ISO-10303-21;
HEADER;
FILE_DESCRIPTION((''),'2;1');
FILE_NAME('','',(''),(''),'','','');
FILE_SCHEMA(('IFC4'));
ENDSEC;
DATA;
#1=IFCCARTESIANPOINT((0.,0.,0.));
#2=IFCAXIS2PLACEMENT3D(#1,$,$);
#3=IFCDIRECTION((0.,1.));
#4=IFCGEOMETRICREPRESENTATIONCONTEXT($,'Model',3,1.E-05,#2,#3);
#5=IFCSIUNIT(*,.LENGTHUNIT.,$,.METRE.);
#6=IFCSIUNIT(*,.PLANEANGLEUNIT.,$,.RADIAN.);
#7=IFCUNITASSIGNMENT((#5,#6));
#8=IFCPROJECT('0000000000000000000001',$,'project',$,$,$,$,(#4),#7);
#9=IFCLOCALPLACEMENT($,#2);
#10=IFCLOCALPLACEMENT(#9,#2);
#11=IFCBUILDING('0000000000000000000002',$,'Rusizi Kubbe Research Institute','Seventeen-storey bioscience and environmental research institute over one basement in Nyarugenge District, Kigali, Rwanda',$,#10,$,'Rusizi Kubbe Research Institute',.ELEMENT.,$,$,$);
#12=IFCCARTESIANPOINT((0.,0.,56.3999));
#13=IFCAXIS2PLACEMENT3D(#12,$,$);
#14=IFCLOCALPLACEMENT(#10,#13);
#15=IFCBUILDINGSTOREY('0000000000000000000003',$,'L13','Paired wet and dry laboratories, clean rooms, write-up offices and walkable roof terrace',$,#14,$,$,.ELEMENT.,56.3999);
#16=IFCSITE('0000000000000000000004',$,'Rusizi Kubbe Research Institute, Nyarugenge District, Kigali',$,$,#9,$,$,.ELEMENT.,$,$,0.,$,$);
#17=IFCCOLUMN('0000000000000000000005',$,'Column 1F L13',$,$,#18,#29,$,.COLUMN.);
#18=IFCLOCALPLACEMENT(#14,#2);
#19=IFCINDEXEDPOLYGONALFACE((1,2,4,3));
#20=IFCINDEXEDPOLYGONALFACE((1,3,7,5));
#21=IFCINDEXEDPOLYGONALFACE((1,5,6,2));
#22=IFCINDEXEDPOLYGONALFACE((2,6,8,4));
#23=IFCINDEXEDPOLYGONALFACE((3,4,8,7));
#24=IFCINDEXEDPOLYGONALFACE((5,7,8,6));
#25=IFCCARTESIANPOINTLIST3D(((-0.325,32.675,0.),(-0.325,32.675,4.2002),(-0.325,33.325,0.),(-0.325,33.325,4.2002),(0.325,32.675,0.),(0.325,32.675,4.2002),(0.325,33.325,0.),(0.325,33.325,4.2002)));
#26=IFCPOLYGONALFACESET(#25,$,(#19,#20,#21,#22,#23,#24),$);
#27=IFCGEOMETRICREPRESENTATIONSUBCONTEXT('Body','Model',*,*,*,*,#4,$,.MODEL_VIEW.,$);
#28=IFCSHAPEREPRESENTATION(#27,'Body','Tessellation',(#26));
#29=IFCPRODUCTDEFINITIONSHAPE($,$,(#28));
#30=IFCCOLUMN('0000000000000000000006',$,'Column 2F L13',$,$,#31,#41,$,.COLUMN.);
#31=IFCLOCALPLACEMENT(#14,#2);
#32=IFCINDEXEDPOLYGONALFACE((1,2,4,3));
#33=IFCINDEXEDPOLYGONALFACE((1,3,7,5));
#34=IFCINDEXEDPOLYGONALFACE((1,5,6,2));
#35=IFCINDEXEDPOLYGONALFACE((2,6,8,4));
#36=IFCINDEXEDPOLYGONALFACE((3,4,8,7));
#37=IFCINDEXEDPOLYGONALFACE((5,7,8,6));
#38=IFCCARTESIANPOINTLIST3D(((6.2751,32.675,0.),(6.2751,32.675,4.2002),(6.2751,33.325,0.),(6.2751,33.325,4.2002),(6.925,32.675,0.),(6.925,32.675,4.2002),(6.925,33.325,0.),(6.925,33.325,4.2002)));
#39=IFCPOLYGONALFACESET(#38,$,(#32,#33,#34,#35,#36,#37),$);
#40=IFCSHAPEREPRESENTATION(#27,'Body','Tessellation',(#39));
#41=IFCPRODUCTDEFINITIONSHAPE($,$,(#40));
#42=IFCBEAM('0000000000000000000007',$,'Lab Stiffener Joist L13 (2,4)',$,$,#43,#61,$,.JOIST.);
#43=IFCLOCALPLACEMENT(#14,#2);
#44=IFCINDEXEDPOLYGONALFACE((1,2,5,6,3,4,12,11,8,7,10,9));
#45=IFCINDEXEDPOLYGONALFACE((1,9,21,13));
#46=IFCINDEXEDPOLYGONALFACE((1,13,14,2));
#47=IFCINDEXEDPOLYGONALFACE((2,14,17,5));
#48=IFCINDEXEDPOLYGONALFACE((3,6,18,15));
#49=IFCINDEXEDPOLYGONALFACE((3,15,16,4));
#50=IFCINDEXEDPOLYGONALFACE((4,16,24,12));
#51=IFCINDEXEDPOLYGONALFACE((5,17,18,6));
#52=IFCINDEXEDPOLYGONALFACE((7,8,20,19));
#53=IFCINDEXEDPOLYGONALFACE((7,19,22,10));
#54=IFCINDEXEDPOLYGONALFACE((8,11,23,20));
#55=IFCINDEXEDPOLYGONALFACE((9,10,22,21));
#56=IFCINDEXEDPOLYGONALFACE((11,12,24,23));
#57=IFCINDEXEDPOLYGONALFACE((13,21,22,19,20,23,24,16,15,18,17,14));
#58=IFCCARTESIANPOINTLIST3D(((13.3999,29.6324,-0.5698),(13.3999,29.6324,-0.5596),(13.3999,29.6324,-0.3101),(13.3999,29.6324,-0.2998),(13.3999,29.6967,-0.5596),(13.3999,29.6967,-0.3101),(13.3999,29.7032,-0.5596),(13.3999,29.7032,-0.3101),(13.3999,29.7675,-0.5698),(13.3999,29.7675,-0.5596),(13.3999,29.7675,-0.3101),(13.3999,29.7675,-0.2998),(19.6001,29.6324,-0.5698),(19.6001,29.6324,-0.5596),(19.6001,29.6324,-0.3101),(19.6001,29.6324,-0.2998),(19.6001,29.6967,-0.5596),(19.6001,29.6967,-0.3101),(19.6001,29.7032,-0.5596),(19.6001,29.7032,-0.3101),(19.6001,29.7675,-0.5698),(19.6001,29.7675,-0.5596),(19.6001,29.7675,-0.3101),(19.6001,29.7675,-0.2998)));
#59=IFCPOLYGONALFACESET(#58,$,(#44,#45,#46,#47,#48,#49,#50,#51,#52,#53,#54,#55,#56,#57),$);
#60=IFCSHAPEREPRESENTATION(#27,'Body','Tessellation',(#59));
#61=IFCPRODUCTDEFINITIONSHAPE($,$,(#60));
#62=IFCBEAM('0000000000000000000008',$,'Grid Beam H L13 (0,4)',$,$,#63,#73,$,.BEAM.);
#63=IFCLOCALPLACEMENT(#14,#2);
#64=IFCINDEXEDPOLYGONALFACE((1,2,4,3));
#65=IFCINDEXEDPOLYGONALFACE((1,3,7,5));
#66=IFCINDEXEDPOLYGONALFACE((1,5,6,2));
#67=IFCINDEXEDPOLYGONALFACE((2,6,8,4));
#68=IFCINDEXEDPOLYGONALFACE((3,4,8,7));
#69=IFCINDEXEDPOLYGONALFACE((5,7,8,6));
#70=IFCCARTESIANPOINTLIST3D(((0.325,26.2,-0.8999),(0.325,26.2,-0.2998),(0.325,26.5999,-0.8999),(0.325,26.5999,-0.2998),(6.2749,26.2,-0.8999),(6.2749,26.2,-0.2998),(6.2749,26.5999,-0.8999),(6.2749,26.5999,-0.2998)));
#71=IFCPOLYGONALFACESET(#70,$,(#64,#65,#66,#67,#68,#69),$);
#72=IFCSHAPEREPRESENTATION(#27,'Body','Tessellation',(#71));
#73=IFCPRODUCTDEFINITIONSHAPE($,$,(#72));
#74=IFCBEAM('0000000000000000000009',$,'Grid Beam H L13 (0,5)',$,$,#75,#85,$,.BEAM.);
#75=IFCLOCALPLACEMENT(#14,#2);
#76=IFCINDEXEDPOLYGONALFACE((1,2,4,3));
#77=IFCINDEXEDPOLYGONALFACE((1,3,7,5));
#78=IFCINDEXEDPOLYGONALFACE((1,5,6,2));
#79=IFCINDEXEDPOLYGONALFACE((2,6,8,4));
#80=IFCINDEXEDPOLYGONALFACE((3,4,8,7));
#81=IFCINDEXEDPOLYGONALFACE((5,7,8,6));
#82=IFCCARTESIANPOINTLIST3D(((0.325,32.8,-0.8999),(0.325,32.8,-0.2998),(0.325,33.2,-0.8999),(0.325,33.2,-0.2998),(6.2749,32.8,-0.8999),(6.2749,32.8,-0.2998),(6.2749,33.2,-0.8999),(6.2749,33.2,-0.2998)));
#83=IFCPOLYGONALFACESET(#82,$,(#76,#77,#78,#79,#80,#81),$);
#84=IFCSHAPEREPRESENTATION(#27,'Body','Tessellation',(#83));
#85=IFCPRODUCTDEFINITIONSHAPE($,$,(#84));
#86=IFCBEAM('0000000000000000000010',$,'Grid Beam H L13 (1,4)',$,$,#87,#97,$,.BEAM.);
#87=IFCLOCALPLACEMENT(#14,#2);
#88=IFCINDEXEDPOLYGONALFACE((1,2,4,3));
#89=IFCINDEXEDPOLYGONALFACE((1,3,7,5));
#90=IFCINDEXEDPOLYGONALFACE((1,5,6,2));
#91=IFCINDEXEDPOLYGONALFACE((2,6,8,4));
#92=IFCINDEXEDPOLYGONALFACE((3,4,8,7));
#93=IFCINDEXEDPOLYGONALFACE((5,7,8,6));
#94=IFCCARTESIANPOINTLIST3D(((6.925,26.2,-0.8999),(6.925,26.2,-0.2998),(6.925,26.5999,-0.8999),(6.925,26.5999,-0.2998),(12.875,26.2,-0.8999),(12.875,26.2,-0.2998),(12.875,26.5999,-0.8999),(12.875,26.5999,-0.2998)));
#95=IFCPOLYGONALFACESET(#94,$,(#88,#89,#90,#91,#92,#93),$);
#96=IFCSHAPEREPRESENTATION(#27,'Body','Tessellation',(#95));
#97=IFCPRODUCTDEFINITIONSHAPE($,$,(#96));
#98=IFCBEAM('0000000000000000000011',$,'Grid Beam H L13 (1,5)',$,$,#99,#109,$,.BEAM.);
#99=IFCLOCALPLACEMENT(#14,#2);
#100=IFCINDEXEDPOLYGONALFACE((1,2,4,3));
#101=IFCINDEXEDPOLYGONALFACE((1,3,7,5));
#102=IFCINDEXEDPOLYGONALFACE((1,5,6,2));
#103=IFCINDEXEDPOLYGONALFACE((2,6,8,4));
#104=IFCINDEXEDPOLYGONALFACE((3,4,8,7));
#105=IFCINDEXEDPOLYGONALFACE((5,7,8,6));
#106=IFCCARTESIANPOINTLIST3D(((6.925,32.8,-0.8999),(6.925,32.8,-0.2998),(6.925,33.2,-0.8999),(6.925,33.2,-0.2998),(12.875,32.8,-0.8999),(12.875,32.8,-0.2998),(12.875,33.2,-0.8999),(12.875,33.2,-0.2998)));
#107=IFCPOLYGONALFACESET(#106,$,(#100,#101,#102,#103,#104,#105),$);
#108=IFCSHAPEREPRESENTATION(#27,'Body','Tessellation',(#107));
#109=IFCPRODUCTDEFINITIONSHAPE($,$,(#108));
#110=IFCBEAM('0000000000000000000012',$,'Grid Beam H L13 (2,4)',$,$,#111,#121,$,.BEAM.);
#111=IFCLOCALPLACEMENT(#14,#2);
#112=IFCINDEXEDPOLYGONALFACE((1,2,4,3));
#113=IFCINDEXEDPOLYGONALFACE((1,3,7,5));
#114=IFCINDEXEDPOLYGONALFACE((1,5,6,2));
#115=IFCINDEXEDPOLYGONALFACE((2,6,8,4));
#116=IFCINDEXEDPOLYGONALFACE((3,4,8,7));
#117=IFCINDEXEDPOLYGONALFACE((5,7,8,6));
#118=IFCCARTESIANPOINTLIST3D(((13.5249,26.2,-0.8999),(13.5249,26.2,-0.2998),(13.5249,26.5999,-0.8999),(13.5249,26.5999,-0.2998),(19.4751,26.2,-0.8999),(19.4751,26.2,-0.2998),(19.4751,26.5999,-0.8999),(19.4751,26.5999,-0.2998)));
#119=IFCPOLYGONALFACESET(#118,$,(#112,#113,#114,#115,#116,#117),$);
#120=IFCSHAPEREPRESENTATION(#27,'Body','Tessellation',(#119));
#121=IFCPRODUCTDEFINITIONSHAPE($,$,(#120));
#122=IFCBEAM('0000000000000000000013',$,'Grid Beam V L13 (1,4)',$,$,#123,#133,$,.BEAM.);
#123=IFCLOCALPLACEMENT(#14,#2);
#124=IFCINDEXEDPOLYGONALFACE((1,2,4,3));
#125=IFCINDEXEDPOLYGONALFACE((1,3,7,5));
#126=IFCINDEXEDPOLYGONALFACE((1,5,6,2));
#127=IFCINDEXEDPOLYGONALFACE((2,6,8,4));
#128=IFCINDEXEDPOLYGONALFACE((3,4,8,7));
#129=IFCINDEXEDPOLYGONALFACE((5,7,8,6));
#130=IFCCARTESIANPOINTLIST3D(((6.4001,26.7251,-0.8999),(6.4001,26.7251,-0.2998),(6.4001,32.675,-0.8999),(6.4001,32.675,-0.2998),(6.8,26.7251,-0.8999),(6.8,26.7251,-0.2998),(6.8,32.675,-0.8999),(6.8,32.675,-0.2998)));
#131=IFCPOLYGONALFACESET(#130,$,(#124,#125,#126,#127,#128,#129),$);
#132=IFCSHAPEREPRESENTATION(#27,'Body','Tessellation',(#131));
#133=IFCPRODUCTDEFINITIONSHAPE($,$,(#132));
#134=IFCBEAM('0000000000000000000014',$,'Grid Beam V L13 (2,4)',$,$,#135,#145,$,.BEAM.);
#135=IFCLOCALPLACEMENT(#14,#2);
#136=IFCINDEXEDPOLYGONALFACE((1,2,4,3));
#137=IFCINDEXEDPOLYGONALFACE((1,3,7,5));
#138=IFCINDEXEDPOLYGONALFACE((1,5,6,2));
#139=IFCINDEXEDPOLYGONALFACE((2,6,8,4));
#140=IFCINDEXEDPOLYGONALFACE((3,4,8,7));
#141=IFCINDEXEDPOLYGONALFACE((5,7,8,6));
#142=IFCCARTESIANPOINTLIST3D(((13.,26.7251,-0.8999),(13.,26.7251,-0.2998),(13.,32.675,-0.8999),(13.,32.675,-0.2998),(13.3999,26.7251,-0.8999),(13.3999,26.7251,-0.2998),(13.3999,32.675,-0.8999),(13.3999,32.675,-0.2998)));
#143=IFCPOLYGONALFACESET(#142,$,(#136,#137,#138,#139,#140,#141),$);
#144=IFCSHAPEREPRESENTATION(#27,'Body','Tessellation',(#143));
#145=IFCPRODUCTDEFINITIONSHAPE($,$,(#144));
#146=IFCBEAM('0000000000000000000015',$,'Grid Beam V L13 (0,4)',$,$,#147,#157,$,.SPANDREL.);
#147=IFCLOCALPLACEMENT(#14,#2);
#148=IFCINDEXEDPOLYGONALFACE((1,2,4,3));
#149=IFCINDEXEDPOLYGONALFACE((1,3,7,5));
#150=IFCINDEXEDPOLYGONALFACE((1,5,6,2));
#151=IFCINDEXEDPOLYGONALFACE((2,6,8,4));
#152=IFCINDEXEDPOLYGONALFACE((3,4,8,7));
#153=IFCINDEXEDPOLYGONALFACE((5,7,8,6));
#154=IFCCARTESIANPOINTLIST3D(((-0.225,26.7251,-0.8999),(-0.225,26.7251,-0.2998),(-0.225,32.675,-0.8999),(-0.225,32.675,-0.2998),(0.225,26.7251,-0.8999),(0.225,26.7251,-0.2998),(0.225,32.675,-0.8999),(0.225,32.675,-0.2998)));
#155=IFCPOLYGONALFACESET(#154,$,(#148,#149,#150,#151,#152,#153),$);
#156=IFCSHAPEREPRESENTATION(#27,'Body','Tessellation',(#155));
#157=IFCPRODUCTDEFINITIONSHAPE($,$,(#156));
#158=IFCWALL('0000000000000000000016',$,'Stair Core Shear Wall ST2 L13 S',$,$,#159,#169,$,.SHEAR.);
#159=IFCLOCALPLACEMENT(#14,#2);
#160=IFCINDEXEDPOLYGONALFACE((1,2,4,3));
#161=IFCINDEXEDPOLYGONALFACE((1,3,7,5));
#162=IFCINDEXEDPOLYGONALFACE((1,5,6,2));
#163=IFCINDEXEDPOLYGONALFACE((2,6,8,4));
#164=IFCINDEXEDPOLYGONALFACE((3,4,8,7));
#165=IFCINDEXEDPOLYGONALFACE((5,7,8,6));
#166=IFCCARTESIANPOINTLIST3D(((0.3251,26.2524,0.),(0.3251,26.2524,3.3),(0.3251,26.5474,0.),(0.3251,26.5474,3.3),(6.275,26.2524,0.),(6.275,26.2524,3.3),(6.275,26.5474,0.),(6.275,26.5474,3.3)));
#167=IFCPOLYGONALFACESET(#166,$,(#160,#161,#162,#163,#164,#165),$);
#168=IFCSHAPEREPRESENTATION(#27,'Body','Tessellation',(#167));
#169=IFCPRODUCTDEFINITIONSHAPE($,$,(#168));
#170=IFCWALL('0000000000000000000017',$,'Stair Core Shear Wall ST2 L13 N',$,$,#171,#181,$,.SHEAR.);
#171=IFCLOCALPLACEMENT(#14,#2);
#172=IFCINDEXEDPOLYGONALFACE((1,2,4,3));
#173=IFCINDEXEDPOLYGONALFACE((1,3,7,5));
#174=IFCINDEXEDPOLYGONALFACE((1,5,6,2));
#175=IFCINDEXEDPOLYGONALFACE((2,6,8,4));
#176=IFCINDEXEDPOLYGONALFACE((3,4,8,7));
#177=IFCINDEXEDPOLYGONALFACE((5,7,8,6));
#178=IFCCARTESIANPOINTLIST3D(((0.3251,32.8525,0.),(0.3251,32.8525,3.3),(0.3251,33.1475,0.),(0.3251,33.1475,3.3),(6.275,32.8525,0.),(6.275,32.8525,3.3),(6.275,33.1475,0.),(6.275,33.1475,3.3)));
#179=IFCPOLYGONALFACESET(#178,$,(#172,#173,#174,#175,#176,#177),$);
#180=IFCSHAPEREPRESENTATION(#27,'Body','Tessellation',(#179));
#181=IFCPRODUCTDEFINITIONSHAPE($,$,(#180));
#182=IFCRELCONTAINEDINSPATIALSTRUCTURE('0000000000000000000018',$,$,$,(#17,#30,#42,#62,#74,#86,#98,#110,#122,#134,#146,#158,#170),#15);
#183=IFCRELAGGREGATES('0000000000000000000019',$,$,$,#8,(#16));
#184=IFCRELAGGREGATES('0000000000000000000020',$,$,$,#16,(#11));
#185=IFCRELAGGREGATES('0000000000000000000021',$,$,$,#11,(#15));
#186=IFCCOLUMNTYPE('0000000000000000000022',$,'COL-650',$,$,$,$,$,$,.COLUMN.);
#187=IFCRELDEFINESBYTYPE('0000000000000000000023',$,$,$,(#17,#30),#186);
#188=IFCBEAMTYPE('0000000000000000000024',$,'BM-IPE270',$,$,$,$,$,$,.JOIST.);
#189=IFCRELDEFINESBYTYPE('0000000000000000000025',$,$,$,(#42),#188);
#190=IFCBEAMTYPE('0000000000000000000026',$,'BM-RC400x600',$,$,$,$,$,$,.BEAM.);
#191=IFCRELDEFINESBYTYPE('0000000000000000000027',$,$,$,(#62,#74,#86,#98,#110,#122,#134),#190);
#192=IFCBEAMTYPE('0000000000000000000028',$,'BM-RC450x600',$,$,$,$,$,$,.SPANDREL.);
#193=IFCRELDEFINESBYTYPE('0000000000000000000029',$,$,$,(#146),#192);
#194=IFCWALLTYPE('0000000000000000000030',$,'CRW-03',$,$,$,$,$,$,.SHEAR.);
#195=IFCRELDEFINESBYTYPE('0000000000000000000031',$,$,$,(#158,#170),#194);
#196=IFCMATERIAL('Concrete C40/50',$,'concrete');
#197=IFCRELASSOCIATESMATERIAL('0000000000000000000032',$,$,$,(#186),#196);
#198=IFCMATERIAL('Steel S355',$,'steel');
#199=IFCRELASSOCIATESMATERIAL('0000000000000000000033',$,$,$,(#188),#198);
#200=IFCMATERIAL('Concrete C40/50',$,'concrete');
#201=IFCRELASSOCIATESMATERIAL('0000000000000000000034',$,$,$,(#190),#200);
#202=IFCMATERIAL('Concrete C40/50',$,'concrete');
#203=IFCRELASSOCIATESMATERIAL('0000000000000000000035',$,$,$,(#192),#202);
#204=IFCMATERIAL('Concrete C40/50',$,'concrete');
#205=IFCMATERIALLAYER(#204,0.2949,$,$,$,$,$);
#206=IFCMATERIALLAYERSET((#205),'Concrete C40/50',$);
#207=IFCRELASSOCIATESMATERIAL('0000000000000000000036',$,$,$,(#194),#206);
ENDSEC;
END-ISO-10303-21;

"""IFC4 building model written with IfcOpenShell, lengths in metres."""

from ifc_helpers import new_model, si_unit, direction, frame, frame_2d, origin, origin_2d, place, context, subcontext, project, spatial, rectangle, i_section, extrude, material, layer, layer_set, material_profile, profile_set, type_object, element, save


model = new_model("IFC4")

# Units and contexts
model_context = context("Model", 3, precision=1e-05, world=origin(), true_north=direction((0.0, 1.0)))
body_context = subcontext(model_context, "Body", "Model", "MODEL_VIEW")
ifc_project = project(units=[si_unit("LENGTHUNIT", "METRE"), si_unit("PLANEANGLEUNIT", "RADIAN")], contexts=[model_context])

# Site, building, storey
site_placement = place(None, origin())
site = spatial("IfcSite", under=ifc_project, at=site_placement, Name="Rusizi Kubbe Research Institute, Nyarugenge District, Kigali", CompositionType="ELEMENT", RefElevation=0.0)
building_placement = place(site_placement, origin())
building = spatial("IfcBuilding", under=site, at=building_placement, Name="Rusizi Kubbe Research Institute", Description="Seventeen-storey bioscience and environmental research institute over one basement in Nyarugenge District, Kigali, Rwanda", LongName="Rusizi Kubbe Research Institute", CompositionType="ELEMENT")
storey_placement = place(building_placement, frame((0.0, 0.0, 56.3999)))
storey = spatial("IfcBuildingStorey", under=building, at=storey_placement, Name="L13", Description="Paired wet and dry laboratories, clean rooms, write-up offices and walkable roof terrace", CompositionType="ELEMENT", Elevation=56.3999)

# Columns
ifc_material_1 = material(Name="Concrete C40/50", Category="concrete")
ifc_material_profile_1 = material_profile(ifc_material_1, rectangle(XDim=0.6499, YDim=0.6499, at=origin_2d()), Name="RC650x650")
ifc_profile_set_1 = profile_set([ifc_material_profile_1], Name="Concrete C40/50")
column_type = type_object("IfcColumnType", Name="COL-650", PredefinedType="COLUMN", material=ifc_profile_set_1)
for number, where, z_axis, x_axis, name in (
    (1, (0.0, 33.0, 0.0), (0.0, 0.0, 1.0), (1.0, 0.0, 0.0), "Column 1F L13"),
    (2, (6.6001, 33.0, 0.0), (0.0, 0.0, 1.0), (1.0, 0.0, 0.0), "Column 2F L13"),
):
    element("IfcColumn", number, at=place(storey_placement, frame(where, z_axis=z_axis, x_axis=x_axis)), inside=storey, type_object=column_type, Name=name, PredefinedType="COLUMN", context=body_context, shape_type="SweptSolid", body=[
        extrude(rectangle(XDim=0.6499, YDim=0.6499, at=origin_2d()), origin(), (0.0, 0.0, 1.0), 4.2002),
    ])

# Beams
ifc_material_2 = material(Name="Steel S355", Category="steel")
ifc_material_profile_2 = material_profile(ifc_material_2, i_section(OverallWidth=0.135, OverallDepth=0.27, WebThickness=0.0066, FlangeThickness=0.0103, at=origin_2d()), Name="IPE 270")
ifc_profile_set_2 = profile_set([ifc_material_profile_2], Name="Steel S355")
beam_type_1 = type_object("IfcBeamType", Name="BM-IPE270", PredefinedType="JOIST", material=ifc_profile_set_2)
beam_1_placement = place(storey_placement, frame((13.3999, 29.7, -0.4348), z_axis=(1.0, 0.0, 0.0), x_axis=(0.0, 1.0, 0.0)))
element("IfcBeam", 3, at=beam_1_placement, inside=storey, type_object=beam_type_1, Name="Lab Stiffener Joist L13 (2,4)", PredefinedType="JOIST", context=body_context, shape_type="SweptSolid", body=[
    extrude(i_section(OverallWidth=0.135, OverallDepth=0.27, WebThickness=0.0066, FlangeThickness=0.0103, at=origin_2d()), origin(), (0.0, 0.0, 1.0), 6.2002),
])
ifc_material_3 = material(Name="Concrete C40/50", Category="concrete")
ifc_material_profile_3 = material_profile(ifc_material_3, rectangle(XDim=0.3999, YDim=0.6001, at=origin_2d()), Name="RC400x600")
ifc_profile_set_3 = profile_set([ifc_material_profile_3], Name="Concrete C40/50")
beam_type_2 = type_object("IfcBeamType", Name="BM-RC400x600", PredefinedType="BEAM", material=ifc_profile_set_3)
for number, where, z_axis, x_axis, name in (
    (4, (0.325, 26.3999, -0.5999), (1.0, 0.0, 0.0), (0.0, 1.0, 0.0), "Grid Beam H L13 (0,4)"),
    (5, (0.325, 33.0, -0.5999), (1.0, 0.0, 0.0), (0.0, 1.0, 0.0), "Grid Beam H L13 (0,5)"),
    (6, (6.925, 26.3999, -0.5999), (1.0, 0.0, 0.0), (0.0, 1.0, 0.0), "Grid Beam H L13 (1,4)"),
    (7, (6.925, 33.0, -0.5999), (1.0, 0.0, 0.0), (0.0, 1.0, 0.0), "Grid Beam H L13 (1,5)"),
):
    element("IfcBeam", number, at=place(storey_placement, frame(where, z_axis=z_axis, x_axis=x_axis)), inside=storey, type_object=beam_type_2, Name=name, PredefinedType="BEAM", context=body_context, shape_type="SweptSolid", body=[
        extrude(rectangle(XDim=0.3999, YDim=0.6001, at=origin_2d()), origin(), (0.0, 0.0, 1.0), 5.95),
    ])
beam_2_placement = place(storey_placement, frame((13.5249, 26.3999, -0.5999), z_axis=(1.0, 0.0, 0.0), x_axis=(0.0, 1.0, 0.0)))
element("IfcBeam", 8, at=beam_2_placement, inside=storey, type_object=beam_type_2, Name="Grid Beam H L13 (2,4)", PredefinedType="BEAM", context=body_context, shape_type="SweptSolid", body=[
    extrude(rectangle(XDim=0.3999, YDim=0.6001, at=origin_2d()), origin(), (0.0, 0.0, 1.0), 5.9502),
])
for number, where, z_axis, x_axis, name in (
    (9, (6.6001, 26.7251, -0.5999), (0.0, 1.0, 0.0), (-1.0, 0.0, 0.0), "Grid Beam V L13 (1,4)"),
    (10, (13.2, 26.7251, -0.5999), (0.0, 1.0, 0.0), (-1.0, 0.0, 0.0), "Grid Beam V L13 (2,4)"),
):
    element("IfcBeam", number, at=place(storey_placement, frame(where, z_axis=z_axis, x_axis=x_axis)), inside=storey, type_object=beam_type_2, Name=name, PredefinedType="BEAM", context=body_context, shape_type="SweptSolid", body=[
        extrude(rectangle(XDim=0.3999, YDim=0.6001, at=origin_2d()), origin(), (0.0, 0.0, 1.0), 5.95),
    ])
ifc_material_4 = material(Name="Concrete C40/50", Category="concrete")
ifc_material_profile_4 = material_profile(ifc_material_4, rectangle(XDim=0.45, YDim=0.6001, at=origin_2d()), Name="RC450x600")
ifc_profile_set_4 = profile_set([ifc_material_profile_4], Name="Concrete C40/50")
beam_type_3 = type_object("IfcBeamType", Name="BM-RC450x600", PredefinedType="SPANDREL", material=ifc_profile_set_4)
beam_3_placement = place(storey_placement, frame((0.0, 26.7251, -0.5999), z_axis=(0.0, 1.0, 0.0), x_axis=(-1.0, 0.0, 0.0)))
element("IfcBeam", 11, at=beam_3_placement, inside=storey, type_object=beam_type_3, Name="Grid Beam V L13 (0,4)", PredefinedType="SPANDREL", context=body_context, shape_type="SweptSolid", body=[
    extrude(rectangle(XDim=0.45, YDim=0.6001, at=origin_2d()), origin(), (0.0, 0.0, 1.0), 5.95),
])

# Walls
ifc_material_5 = material(Name="Concrete C40/50", Category="concrete")
ifc_layer_1 = layer(ifc_material_5, 0.2949)
ifc_layer_set_1 = layer_set([ifc_layer_1], Name="Concrete C40/50")
wall_type_1 = type_object("IfcWallType", Name="CRW-03", PredefinedType="SHEAR", material=ifc_layer_set_1)
for number, where, z_axis, x_axis, name in (
    (12, (0.325, 26.3999, 0.0), (0.0, 0.0, 1.0), (1.0, 0.0, 0.0), "Stair Core Shear Wall ST2 L13 S"),
    (13, (0.325, 33.0, 0.0), (0.0, 0.0, 1.0), (1.0, 0.0, 0.0), "Stair Core Shear Wall ST2 L13 N"),
):
    element("IfcWall", number, at=place(storey_placement, frame(where, z_axis=z_axis, x_axis=x_axis)), inside=storey, type_object=wall_type_1, Name=name, PredefinedType="SHEAR", context=body_context, shape_type="SweptSolid", body=[
        extrude(rectangle(XDim=5.95, YDim=0.2949, at=frame_2d((2.9751, 0.0))), origin(), (0.0, 0.0, 1.0), 3.3),
    ])

save(model, "model.ifc")
